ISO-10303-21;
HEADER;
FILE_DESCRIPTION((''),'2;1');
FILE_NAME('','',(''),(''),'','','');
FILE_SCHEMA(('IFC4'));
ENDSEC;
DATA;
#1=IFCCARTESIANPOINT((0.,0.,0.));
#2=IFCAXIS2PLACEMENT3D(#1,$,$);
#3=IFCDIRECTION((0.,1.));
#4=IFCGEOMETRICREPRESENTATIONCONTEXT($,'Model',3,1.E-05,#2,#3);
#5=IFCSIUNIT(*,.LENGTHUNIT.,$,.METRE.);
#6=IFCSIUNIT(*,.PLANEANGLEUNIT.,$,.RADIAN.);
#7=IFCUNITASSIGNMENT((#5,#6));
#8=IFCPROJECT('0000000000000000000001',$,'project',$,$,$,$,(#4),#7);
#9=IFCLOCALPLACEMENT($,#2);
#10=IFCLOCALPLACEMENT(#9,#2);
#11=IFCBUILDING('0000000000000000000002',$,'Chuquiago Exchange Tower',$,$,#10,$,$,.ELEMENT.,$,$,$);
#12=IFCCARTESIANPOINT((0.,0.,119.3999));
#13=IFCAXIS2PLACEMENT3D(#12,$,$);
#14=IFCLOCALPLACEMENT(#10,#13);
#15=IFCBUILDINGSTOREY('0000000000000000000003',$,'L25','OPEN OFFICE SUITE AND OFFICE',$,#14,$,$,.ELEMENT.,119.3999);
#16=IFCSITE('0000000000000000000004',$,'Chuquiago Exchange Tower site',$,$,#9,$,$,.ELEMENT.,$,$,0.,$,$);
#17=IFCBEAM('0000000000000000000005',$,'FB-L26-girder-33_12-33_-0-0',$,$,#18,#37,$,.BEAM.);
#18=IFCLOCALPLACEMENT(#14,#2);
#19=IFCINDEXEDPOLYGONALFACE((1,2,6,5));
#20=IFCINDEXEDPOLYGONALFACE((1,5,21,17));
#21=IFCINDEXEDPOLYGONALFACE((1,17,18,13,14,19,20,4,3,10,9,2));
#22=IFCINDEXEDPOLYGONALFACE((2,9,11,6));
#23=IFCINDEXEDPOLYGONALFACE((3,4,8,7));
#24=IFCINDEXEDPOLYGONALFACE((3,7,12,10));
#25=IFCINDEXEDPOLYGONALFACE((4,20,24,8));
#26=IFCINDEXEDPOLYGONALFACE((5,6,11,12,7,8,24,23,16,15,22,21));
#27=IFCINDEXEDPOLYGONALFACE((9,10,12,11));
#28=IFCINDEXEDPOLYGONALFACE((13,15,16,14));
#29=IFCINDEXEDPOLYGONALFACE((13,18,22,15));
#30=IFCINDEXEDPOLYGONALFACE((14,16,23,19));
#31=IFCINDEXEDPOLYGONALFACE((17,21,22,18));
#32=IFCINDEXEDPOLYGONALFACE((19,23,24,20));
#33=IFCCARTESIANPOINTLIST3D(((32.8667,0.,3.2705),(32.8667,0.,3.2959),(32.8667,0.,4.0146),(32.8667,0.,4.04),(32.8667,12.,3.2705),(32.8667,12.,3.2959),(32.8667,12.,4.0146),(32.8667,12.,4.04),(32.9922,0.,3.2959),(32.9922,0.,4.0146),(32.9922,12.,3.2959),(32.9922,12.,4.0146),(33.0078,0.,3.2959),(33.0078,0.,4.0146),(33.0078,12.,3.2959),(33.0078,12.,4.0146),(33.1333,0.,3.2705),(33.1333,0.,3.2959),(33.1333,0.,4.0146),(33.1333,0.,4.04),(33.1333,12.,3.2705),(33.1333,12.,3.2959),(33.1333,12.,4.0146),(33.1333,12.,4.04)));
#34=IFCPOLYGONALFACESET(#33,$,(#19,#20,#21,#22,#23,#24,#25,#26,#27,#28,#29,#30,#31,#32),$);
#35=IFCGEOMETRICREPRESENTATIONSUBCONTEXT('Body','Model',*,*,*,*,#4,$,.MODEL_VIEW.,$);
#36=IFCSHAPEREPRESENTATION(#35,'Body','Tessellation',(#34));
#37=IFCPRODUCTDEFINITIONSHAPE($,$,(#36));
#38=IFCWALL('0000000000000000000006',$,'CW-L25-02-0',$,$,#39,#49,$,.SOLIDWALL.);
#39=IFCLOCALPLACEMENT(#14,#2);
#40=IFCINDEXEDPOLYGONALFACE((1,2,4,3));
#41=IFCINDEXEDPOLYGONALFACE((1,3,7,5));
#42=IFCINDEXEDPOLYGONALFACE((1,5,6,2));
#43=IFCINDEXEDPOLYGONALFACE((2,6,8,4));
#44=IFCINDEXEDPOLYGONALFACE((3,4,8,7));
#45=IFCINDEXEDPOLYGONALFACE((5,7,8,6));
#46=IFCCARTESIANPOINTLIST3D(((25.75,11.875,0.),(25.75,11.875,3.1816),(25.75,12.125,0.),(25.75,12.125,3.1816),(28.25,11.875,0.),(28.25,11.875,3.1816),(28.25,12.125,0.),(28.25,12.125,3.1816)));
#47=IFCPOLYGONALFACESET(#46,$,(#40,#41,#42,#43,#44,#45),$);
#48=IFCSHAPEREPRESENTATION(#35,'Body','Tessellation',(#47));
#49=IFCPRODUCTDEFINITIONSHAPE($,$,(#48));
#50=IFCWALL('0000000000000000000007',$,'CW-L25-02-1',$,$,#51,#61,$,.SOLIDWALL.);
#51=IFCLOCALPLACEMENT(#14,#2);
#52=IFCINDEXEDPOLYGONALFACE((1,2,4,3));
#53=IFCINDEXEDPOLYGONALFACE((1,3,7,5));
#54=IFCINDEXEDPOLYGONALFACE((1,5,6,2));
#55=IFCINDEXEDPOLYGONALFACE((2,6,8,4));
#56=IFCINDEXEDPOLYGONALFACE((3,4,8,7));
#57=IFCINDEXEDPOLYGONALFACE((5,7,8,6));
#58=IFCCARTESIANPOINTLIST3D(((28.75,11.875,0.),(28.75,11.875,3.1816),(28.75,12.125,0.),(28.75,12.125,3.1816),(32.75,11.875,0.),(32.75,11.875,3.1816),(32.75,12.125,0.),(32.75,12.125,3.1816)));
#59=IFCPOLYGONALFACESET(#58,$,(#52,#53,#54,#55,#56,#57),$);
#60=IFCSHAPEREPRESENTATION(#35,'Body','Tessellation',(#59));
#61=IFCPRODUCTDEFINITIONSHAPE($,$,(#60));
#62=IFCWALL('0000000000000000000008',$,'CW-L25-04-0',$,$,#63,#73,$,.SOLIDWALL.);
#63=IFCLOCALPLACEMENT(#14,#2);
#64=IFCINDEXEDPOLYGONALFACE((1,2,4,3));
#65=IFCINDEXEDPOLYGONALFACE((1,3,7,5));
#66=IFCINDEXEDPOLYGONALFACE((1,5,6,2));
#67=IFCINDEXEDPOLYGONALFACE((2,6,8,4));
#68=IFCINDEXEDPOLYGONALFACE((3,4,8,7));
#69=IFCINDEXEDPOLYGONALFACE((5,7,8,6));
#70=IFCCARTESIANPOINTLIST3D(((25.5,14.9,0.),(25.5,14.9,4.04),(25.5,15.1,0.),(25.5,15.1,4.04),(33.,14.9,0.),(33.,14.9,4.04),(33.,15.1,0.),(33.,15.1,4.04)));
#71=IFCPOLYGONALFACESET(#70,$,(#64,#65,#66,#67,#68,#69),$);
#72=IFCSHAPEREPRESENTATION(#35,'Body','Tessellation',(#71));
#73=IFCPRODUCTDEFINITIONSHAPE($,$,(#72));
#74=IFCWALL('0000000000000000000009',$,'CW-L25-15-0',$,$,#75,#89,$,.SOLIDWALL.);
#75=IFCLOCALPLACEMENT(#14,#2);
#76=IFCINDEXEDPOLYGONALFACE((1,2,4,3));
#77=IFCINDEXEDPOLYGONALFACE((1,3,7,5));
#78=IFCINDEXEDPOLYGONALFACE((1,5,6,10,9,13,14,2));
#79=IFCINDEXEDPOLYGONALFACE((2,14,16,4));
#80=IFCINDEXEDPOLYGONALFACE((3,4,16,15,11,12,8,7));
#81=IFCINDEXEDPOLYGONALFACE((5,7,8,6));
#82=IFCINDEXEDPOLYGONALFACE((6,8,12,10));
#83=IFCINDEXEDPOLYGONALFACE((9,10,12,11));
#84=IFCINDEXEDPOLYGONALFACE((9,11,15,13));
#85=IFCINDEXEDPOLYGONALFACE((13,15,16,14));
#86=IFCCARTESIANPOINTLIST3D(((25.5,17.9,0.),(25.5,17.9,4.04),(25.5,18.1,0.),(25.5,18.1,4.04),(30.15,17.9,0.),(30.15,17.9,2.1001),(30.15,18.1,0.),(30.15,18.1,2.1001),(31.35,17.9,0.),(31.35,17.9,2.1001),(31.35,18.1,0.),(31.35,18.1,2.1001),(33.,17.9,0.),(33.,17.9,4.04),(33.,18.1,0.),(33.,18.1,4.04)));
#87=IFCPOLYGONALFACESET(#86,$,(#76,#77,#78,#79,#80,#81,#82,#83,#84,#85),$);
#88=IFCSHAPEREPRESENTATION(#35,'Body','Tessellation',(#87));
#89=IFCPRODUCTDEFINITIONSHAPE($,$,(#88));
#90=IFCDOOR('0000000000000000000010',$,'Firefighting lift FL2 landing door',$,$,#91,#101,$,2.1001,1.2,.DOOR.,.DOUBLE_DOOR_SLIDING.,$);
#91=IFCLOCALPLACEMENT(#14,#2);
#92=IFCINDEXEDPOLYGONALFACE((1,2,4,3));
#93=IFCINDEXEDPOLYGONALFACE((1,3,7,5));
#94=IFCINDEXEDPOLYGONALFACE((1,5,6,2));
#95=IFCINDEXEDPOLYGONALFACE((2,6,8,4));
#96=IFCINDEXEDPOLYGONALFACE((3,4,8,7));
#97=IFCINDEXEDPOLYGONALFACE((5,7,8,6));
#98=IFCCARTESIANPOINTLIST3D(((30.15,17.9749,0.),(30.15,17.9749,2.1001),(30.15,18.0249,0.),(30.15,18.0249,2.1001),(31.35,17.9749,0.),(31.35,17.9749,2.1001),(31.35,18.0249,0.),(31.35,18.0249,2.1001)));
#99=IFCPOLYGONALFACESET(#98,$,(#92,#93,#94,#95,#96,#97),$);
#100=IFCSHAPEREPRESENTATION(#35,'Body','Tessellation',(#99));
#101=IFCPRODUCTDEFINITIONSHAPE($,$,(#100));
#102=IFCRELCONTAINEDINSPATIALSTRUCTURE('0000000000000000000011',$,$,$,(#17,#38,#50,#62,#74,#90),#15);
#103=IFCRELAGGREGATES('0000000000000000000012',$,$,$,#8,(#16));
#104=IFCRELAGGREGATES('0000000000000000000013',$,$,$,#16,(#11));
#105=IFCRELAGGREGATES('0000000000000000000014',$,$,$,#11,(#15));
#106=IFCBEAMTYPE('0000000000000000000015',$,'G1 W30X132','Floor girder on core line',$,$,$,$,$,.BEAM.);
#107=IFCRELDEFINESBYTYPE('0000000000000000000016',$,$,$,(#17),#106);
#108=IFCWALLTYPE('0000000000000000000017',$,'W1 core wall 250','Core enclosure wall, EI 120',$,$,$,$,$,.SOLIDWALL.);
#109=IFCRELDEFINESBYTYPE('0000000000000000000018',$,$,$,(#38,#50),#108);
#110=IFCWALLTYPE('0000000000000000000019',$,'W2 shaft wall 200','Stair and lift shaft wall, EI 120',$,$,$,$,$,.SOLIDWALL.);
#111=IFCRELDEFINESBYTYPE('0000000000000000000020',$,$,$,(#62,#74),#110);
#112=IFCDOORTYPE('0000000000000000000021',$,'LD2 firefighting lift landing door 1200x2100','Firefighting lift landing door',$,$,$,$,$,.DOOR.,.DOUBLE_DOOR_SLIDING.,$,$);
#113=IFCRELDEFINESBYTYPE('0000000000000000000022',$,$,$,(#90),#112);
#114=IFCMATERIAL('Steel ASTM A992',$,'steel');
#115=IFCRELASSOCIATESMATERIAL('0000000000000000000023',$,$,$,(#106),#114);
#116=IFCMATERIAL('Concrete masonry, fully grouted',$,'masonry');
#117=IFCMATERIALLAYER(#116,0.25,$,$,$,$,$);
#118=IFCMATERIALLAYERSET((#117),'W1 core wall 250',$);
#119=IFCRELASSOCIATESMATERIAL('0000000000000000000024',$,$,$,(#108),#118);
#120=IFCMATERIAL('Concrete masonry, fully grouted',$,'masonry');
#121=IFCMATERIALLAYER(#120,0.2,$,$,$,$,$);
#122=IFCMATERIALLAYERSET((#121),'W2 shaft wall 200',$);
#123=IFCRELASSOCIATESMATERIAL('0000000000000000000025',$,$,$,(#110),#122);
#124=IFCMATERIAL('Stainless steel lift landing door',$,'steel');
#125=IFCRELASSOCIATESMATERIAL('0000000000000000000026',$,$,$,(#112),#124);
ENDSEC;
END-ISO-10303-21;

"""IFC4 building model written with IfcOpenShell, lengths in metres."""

from ifc_helpers import new_model, si_unit, direction, frame, frame_2d, origin, origin_2d, place, context, subcontext, project, spatial, rectangle, i_section, extrude, material, layer, layer_set, material_profile, profile_set, type_object, element, fill, save


model = new_model("IFC4")

# Units and contexts
model_context = context("Model", 3, precision=1e-05, world=origin(), true_north=direction((0.0, 1.0)))
body_context = subcontext(model_context, "Body", "Model", "MODEL_VIEW")
ifc_project = project(units=[si_unit("LENGTHUNIT", "METRE"), si_unit("PLANEANGLEUNIT", "RADIAN")], contexts=[model_context])

# Site, building, storey
site_placement = place(None, origin())
site = spatial("IfcSite", under=ifc_project, at=site_placement, Name="Chuquiago Exchange Tower site", CompositionType="ELEMENT", RefElevation=0.0)
building_placement = place(site_placement, origin())
building = spatial("IfcBuilding", under=site, at=building_placement, Name="Chuquiago Exchange Tower", CompositionType="ELEMENT")
storey_placement = place(building_placement, frame((0.0, 0.0, 119.3999)))
storey = spatial("IfcBuildingStorey", under=building, at=storey_placement, Name="L25", Description="OPEN OFFICE SUITE AND OFFICE", CompositionType="ELEMENT", Elevation=119.3999)

# Beam
ifc_material_1 = material(Name="Steel ASTM A992", Category="steel")
ifc_material_profile_1 = material_profile(ifc_material_1, i_section(OverallWidth=0.2666, OverallDepth=0.7695, WebThickness=0.0156, FlangeThickness=0.0254, at=origin_2d()), Name="W30X132")
ifc_profile_set_1 = profile_set([ifc_material_profile_1], Name="Steel ASTM A992")
beam_type_1 = type_object("IfcBeamType", Name="G1 W30X132", Description="Floor girder on core line", PredefinedType="BEAM", material=ifc_profile_set_1)
beam_1_placement = place(storey_placement, frame((33.0, 12.0, 3.6553), z_axis=(0.0, -1.0, 0.0), x_axis=(1.0, 0.0, 0.0)))
element("IfcBeam", 1, at=beam_1_placement, inside=storey, type_object=beam_type_1, Name="FB-L26-girder-33_12-33_-0-0", PredefinedType="BEAM", context=body_context, shape_type="SweptSolid", body=[
    extrude(i_section(OverallWidth=0.2666, OverallDepth=0.7695, WebThickness=0.0156, FlangeThickness=0.0254, at=origin_2d()), origin(), (0.0, 0.0, 1.0), 12.0),
])

# Walls
ifc_material_2 = material(Name="Concrete masonry, fully grouted", Category="masonry")
ifc_layer_1 = layer(ifc_material_2, 0.25)
ifc_layer_set_1 = layer_set([ifc_layer_1], Name="W1 core wall 250")
wall_type_1 = type_object("IfcWallType", Name="W1 core wall 250", Description="Core enclosure wall, EI 120", PredefinedType="SOLIDWALL", material=ifc_layer_set_1)
wall_1_placement = place(storey_placement, frame((25.75, 12.0, 0.0), z_axis=(0.0, 0.0, 1.0), x_axis=(1.0, 0.0, 0.0)))
element("IfcWall", 2, at=wall_1_placement, inside=storey, type_object=wall_type_1, Name="CW-L25-02-0", PredefinedType="SOLIDWALL", context=body_context, shape_type="SweptSolid", body=[
    extrude(rectangle(XDim=2.5, YDim=0.25, at=frame_2d((1.25, 0.0))), origin(), (0.0, 0.0, 1.0), 3.1816),
])
wall_2_placement = place(storey_placement, frame((28.75, 12.0, 0.0), z_axis=(0.0, 0.0, 1.0), x_axis=(1.0, 0.0, 0.0)))
element("IfcWall", 3, at=wall_2_placement, inside=storey, type_object=wall_type_1, Name="CW-L25-02-1", PredefinedType="SOLIDWALL", context=body_context, shape_type="SweptSolid", body=[
    extrude(rectangle(XDim=4.0, YDim=0.25, at=frame_2d((2.0, 0.0))), origin(), (0.0, 0.0, 1.0), 3.1816),
])
ifc_material_3 = material(Name="Concrete masonry, fully grouted", Category="masonry")
ifc_layer_2 = layer(ifc_material_3, 0.2)
ifc_layer_set_2 = layer_set([ifc_layer_2], Name="W2 shaft wall 200")
wall_type_2 = type_object("IfcWallType", Name="W2 shaft wall 200", Description="Stair and lift shaft wall, EI 120", PredefinedType="SOLIDWALL", material=ifc_layer_set_2)
wall_3_placement = place(storey_placement, frame((25.5, 15.0, 0.0), z_axis=(0.0, 0.0, 1.0), x_axis=(1.0, 0.0, 0.0)))
element("IfcWall", 4, at=wall_3_placement, inside=storey, type_object=wall_type_2, Name="CW-L25-04-0", PredefinedType="SOLIDWALL", context=body_context, shape_type="SweptSolid", body=[
    extrude(rectangle(XDim=7.5, YDim=0.2, at=frame_2d((3.75, 0.0))), origin(), (0.0, 0.0, 1.0), 4.04),
])

# Wall, opening, door
wall_4_placement = place(storey_placement, frame((25.5, 18.0, 0.0), z_axis=(0.0, 0.0, 1.0), x_axis=(1.0, 0.0, 0.0)))
wall_4 = element("IfcWall", 5, at=wall_4_placement, inside=storey, type_object=wall_type_2, Name="CW-L25-15-0", PredefinedType="SOLIDWALL", context=body_context, shape_type="SweptSolid", body=[
    extrude(rectangle(XDim=7.5, YDim=0.2, at=frame_2d((3.75, 0.0))), origin(), (0.0, 0.0, 1.0), 4.04),
])
opening_1_placement = place(wall_4_placement, frame((4.6499, 0.0, 0.0)))
opening_1 = element("IfcOpeningElement", 6, at=opening_1_placement, cuts=wall_4, PredefinedType="OPENING", context=body_context, shape_type="SweptSolid", body=[
    extrude(rectangle(XDim=1.2, YDim=2.1001, at=frame_2d((0.6001, 1.05))), frame((0.0, 0.1099, 0.0), z_axis=(0.0, -1.0, 0.0), x_axis=(1.0, 0.0, 0.0)), (0.0, 0.0, 1.0), 0.22),
])
ifc_material_4 = material(Name="Stainless steel lift landing door", Category="steel")
door_type_1 = type_object("IfcDoorType", Name="LD2 firefighting lift landing door 1200x2100", Description="Firefighting lift landing door", OperationType="DOUBLE_DOOR_SLIDING", PredefinedType="DOOR", material=ifc_material_4)
door_1_placement = place(opening_1_placement, origin())
door_1 = element("IfcDoor", 7, at=door_1_placement, inside=storey, type_object=door_type_1, Name="Firefighting lift FL2 landing door", OperationType="DOUBLE_DOOR_SLIDING", OverallHeight=2.1001, OverallWidth=1.2, PredefinedType="DOOR", context=body_context, shape_type="SweptSolid", body=[
    extrude(rectangle(XDim=1.2, YDim=2.1001, at=frame_2d((0.6001, 1.05))), frame((0.0, 0.0249, 0.0), z_axis=(0.0, -1.0, 0.0), x_axis=(1.0, 0.0, 0.0)), (0.0, 0.0, 1.0), 0.05),
])
fill(opening_1, door_1)

save(model, "model.ifc")
